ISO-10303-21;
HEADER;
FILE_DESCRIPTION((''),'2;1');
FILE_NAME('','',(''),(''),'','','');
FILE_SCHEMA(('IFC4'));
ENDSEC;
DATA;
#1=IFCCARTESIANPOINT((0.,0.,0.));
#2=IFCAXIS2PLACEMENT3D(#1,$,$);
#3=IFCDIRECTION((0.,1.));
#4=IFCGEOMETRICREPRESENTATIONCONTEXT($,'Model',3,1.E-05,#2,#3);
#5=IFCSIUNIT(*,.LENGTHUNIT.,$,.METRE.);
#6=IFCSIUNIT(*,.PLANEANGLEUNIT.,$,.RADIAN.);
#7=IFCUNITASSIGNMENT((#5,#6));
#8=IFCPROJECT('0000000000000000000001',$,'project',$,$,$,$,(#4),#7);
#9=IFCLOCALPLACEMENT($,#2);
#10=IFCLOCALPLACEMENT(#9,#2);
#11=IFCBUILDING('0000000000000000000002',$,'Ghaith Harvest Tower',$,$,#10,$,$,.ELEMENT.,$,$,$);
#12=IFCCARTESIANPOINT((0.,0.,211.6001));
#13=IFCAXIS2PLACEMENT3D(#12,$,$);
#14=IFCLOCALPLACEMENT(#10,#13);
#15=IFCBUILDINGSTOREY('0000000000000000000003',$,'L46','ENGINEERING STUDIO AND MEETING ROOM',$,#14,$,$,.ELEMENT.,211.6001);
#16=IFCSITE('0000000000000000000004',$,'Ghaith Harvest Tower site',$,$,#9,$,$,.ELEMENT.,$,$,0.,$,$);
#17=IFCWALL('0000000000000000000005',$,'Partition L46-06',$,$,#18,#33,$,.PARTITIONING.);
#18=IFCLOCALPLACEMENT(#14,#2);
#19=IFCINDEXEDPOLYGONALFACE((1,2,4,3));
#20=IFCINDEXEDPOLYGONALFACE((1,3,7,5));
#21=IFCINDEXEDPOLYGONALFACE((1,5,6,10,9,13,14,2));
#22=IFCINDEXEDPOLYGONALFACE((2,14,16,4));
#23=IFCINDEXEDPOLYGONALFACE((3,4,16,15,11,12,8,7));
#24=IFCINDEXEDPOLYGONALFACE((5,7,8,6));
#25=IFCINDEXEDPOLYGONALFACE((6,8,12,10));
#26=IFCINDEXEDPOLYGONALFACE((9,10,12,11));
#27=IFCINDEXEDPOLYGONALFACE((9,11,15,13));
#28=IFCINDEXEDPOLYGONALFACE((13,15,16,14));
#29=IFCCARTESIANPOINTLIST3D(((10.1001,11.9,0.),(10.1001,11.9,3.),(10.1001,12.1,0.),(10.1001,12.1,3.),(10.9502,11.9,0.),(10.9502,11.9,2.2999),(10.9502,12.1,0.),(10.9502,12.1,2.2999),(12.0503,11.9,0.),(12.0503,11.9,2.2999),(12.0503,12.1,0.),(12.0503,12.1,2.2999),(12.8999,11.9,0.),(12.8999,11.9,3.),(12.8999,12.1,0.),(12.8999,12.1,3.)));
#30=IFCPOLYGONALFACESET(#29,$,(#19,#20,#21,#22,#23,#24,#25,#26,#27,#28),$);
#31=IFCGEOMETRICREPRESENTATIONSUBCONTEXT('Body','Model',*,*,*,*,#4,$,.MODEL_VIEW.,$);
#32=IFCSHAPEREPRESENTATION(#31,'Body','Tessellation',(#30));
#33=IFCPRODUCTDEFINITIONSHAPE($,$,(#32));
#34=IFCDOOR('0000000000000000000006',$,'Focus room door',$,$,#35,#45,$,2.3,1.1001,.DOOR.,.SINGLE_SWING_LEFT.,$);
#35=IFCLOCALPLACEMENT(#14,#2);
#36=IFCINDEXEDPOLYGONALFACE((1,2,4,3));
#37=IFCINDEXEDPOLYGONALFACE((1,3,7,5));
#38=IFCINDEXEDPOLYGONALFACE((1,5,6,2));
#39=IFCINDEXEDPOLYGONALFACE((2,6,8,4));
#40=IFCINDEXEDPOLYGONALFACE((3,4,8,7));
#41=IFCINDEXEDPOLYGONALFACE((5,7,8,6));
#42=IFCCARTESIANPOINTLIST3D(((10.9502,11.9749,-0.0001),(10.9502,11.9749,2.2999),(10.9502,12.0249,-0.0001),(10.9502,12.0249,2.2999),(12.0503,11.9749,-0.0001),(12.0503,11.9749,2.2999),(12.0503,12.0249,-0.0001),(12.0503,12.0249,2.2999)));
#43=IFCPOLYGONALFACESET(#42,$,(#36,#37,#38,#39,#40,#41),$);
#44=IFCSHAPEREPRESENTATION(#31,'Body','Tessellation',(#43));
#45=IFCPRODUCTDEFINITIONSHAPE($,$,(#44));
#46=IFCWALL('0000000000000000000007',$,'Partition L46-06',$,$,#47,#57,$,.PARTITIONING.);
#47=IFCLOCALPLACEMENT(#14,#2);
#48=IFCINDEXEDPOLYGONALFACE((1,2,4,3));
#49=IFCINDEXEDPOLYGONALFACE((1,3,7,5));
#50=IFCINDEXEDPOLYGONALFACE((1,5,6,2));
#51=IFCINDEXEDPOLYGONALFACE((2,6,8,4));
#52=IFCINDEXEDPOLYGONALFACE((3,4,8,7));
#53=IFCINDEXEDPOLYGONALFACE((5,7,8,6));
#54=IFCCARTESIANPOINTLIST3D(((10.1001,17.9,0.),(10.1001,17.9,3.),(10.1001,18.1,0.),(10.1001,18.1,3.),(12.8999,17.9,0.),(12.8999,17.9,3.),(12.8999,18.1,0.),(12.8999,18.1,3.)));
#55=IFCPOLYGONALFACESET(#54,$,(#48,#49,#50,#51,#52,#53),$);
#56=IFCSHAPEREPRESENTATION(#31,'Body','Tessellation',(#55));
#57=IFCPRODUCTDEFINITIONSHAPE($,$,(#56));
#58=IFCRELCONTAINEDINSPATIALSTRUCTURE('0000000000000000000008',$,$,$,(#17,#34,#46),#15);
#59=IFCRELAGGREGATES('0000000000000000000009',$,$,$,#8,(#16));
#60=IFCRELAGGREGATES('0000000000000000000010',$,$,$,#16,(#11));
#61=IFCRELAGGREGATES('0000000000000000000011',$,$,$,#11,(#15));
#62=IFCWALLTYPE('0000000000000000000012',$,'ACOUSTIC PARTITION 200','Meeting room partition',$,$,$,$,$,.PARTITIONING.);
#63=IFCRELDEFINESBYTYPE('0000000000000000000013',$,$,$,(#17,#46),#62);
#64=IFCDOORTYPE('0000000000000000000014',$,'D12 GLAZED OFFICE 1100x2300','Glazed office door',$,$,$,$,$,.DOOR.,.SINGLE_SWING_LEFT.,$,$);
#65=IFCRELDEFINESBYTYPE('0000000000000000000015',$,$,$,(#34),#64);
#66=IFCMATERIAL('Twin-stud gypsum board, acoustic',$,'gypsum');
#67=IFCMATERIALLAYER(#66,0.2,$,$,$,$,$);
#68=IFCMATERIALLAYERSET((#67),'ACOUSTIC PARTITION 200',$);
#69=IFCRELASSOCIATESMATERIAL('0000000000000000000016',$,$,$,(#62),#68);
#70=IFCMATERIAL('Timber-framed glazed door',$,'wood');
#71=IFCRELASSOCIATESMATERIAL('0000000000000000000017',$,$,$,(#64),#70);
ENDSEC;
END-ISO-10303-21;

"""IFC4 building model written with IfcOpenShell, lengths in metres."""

from ifc_helpers import new_model, si_unit, direction, frame, frame_2d, origin, place, context, subcontext, project, spatial, rectangle, extrude, material, layer, layer_set, type_object, element, fill, save


model = new_model("IFC4")

# Units and contexts
model_context = context("Model", 3, precision=1e-05, world=origin(), true_north=direction((0.0, 1.0)))
body_context = subcontext(model_context, "Body", "Model", "MODEL_VIEW")
ifc_project = project(units=[si_unit("LENGTHUNIT", "METRE"), si_unit("PLANEANGLEUNIT", "RADIAN")], contexts=[model_context])

# Site, building, storey
site_placement = place(None, origin())
site = spatial("IfcSite", under=ifc_project, at=site_placement, Name="Ghaith Harvest Tower site", CompositionType="ELEMENT", RefElevation=0.0)
building_placement = place(site_placement, origin())
building = spatial("IfcBuilding", under=site, at=building_placement, Name="Ghaith Harvest Tower", CompositionType="ELEMENT")
storey_placement = place(building_placement, frame((0.0, 0.0, 211.6001)))
storey = spatial("IfcBuildingStorey", under=building, at=storey_placement, Name="L46", Description="ENGINEERING STUDIO AND MEETING ROOM", CompositionType="ELEMENT", Elevation=211.6001)

# Shared definitions
ifc_material_1 = material(Name="Twin-stud gypsum board, acoustic", Category="gypsum")
ifc_layer_1 = layer(ifc_material_1, 0.2)
ifc_layer_set_1 = layer_set([ifc_layer_1], Name="ACOUSTIC PARTITION 200")
wall_type = type_object("IfcWallType", Name="ACOUSTIC PARTITION 200", Description="Meeting room partition", PredefinedType="PARTITIONING", material=ifc_layer_set_1)

# Shared definitions
ifc_material_2 = material(Name="Timber-framed glazed door", Category="wood")
door_type = type_object("IfcDoorType", Name="D12 GLAZED OFFICE 1100x2300", Description="Glazed office door", OperationType="SINGLE_SWING_LEFT", PredefinedType="DOOR", material=ifc_material_2)

# Wall, opening, door
wall_1_placement = place(storey_placement, frame((10.1001, 12.0, 0.0), z_axis=(0.0, 0.0, 1.0), x_axis=(1.0, 0.0, 0.0)))
wall_1 = element("IfcWall", 1, at=wall_1_placement, inside=storey, type_object=wall_type, Name="Partition L46-06", PredefinedType="PARTITIONING", context=body_context, shape_type="SweptSolid", body=[
    extrude(rectangle(XDim=2.7998, YDim=0.2, at=frame_2d((1.3999, 0.0))), origin(), (0.0, 0.0, 1.0), 3.0),
])
opening_1_placement = place(wall_1_placement, frame((0.8501, 0.0, 0.0)))
opening_1 = element("IfcOpeningElement", 2, at=opening_1_placement, cuts=wall_1, PredefinedType="OPENING", context=body_context, shape_type="SweptSolid", body=[
    extrude(rectangle(XDim=1.1001, YDim=2.3, at=frame_2d((0.55, 1.1499))), frame((0.0, 0.1099, 0.0), z_axis=(0.0, -1.0, 0.0), x_axis=(1.0, 0.0, 0.0)), (0.0, 0.0, 1.0), 0.22),
])
door_1_placement = place(opening_1_placement, origin())
door_1 = element("IfcDoor", 3, at=door_1_placement, inside=storey, type_object=door_type, Name="Focus room door", OperationType="SINGLE_SWING_LEFT", OverallHeight=2.3, OverallWidth=1.1001, PredefinedType="DOOR", context=body_context, shape_type="SweptSolid", body=[
    extrude(rectangle(XDim=1.1001, YDim=2.3, at=frame_2d((0.55, 1.1499))), frame((0.0, 0.0249, 0.0), z_axis=(0.0, -1.0, 0.0), x_axis=(1.0, 0.0, 0.0)), (0.0, 0.0, 1.0), 0.05),
])
fill(opening_1, door_1)

# Wall
wall_2_placement = place(storey_placement, frame((10.1001, 18.0, 0.0), z_axis=(0.0, 0.0, 1.0), x_axis=(1.0, 0.0, 0.0)))
element("IfcWall", 4, at=wall_2_placement, inside=storey, type_object=wall_type, Name="Partition L46-06", PredefinedType="PARTITIONING", context=body_context, shape_type="SweptSolid", body=[
    extrude(rectangle(XDim=2.7998, YDim=0.2, at=frame_2d((1.3999, 0.0))), origin(), (0.0, 0.0, 1.0), 3.0),
])

save(model, "model.ifc")
